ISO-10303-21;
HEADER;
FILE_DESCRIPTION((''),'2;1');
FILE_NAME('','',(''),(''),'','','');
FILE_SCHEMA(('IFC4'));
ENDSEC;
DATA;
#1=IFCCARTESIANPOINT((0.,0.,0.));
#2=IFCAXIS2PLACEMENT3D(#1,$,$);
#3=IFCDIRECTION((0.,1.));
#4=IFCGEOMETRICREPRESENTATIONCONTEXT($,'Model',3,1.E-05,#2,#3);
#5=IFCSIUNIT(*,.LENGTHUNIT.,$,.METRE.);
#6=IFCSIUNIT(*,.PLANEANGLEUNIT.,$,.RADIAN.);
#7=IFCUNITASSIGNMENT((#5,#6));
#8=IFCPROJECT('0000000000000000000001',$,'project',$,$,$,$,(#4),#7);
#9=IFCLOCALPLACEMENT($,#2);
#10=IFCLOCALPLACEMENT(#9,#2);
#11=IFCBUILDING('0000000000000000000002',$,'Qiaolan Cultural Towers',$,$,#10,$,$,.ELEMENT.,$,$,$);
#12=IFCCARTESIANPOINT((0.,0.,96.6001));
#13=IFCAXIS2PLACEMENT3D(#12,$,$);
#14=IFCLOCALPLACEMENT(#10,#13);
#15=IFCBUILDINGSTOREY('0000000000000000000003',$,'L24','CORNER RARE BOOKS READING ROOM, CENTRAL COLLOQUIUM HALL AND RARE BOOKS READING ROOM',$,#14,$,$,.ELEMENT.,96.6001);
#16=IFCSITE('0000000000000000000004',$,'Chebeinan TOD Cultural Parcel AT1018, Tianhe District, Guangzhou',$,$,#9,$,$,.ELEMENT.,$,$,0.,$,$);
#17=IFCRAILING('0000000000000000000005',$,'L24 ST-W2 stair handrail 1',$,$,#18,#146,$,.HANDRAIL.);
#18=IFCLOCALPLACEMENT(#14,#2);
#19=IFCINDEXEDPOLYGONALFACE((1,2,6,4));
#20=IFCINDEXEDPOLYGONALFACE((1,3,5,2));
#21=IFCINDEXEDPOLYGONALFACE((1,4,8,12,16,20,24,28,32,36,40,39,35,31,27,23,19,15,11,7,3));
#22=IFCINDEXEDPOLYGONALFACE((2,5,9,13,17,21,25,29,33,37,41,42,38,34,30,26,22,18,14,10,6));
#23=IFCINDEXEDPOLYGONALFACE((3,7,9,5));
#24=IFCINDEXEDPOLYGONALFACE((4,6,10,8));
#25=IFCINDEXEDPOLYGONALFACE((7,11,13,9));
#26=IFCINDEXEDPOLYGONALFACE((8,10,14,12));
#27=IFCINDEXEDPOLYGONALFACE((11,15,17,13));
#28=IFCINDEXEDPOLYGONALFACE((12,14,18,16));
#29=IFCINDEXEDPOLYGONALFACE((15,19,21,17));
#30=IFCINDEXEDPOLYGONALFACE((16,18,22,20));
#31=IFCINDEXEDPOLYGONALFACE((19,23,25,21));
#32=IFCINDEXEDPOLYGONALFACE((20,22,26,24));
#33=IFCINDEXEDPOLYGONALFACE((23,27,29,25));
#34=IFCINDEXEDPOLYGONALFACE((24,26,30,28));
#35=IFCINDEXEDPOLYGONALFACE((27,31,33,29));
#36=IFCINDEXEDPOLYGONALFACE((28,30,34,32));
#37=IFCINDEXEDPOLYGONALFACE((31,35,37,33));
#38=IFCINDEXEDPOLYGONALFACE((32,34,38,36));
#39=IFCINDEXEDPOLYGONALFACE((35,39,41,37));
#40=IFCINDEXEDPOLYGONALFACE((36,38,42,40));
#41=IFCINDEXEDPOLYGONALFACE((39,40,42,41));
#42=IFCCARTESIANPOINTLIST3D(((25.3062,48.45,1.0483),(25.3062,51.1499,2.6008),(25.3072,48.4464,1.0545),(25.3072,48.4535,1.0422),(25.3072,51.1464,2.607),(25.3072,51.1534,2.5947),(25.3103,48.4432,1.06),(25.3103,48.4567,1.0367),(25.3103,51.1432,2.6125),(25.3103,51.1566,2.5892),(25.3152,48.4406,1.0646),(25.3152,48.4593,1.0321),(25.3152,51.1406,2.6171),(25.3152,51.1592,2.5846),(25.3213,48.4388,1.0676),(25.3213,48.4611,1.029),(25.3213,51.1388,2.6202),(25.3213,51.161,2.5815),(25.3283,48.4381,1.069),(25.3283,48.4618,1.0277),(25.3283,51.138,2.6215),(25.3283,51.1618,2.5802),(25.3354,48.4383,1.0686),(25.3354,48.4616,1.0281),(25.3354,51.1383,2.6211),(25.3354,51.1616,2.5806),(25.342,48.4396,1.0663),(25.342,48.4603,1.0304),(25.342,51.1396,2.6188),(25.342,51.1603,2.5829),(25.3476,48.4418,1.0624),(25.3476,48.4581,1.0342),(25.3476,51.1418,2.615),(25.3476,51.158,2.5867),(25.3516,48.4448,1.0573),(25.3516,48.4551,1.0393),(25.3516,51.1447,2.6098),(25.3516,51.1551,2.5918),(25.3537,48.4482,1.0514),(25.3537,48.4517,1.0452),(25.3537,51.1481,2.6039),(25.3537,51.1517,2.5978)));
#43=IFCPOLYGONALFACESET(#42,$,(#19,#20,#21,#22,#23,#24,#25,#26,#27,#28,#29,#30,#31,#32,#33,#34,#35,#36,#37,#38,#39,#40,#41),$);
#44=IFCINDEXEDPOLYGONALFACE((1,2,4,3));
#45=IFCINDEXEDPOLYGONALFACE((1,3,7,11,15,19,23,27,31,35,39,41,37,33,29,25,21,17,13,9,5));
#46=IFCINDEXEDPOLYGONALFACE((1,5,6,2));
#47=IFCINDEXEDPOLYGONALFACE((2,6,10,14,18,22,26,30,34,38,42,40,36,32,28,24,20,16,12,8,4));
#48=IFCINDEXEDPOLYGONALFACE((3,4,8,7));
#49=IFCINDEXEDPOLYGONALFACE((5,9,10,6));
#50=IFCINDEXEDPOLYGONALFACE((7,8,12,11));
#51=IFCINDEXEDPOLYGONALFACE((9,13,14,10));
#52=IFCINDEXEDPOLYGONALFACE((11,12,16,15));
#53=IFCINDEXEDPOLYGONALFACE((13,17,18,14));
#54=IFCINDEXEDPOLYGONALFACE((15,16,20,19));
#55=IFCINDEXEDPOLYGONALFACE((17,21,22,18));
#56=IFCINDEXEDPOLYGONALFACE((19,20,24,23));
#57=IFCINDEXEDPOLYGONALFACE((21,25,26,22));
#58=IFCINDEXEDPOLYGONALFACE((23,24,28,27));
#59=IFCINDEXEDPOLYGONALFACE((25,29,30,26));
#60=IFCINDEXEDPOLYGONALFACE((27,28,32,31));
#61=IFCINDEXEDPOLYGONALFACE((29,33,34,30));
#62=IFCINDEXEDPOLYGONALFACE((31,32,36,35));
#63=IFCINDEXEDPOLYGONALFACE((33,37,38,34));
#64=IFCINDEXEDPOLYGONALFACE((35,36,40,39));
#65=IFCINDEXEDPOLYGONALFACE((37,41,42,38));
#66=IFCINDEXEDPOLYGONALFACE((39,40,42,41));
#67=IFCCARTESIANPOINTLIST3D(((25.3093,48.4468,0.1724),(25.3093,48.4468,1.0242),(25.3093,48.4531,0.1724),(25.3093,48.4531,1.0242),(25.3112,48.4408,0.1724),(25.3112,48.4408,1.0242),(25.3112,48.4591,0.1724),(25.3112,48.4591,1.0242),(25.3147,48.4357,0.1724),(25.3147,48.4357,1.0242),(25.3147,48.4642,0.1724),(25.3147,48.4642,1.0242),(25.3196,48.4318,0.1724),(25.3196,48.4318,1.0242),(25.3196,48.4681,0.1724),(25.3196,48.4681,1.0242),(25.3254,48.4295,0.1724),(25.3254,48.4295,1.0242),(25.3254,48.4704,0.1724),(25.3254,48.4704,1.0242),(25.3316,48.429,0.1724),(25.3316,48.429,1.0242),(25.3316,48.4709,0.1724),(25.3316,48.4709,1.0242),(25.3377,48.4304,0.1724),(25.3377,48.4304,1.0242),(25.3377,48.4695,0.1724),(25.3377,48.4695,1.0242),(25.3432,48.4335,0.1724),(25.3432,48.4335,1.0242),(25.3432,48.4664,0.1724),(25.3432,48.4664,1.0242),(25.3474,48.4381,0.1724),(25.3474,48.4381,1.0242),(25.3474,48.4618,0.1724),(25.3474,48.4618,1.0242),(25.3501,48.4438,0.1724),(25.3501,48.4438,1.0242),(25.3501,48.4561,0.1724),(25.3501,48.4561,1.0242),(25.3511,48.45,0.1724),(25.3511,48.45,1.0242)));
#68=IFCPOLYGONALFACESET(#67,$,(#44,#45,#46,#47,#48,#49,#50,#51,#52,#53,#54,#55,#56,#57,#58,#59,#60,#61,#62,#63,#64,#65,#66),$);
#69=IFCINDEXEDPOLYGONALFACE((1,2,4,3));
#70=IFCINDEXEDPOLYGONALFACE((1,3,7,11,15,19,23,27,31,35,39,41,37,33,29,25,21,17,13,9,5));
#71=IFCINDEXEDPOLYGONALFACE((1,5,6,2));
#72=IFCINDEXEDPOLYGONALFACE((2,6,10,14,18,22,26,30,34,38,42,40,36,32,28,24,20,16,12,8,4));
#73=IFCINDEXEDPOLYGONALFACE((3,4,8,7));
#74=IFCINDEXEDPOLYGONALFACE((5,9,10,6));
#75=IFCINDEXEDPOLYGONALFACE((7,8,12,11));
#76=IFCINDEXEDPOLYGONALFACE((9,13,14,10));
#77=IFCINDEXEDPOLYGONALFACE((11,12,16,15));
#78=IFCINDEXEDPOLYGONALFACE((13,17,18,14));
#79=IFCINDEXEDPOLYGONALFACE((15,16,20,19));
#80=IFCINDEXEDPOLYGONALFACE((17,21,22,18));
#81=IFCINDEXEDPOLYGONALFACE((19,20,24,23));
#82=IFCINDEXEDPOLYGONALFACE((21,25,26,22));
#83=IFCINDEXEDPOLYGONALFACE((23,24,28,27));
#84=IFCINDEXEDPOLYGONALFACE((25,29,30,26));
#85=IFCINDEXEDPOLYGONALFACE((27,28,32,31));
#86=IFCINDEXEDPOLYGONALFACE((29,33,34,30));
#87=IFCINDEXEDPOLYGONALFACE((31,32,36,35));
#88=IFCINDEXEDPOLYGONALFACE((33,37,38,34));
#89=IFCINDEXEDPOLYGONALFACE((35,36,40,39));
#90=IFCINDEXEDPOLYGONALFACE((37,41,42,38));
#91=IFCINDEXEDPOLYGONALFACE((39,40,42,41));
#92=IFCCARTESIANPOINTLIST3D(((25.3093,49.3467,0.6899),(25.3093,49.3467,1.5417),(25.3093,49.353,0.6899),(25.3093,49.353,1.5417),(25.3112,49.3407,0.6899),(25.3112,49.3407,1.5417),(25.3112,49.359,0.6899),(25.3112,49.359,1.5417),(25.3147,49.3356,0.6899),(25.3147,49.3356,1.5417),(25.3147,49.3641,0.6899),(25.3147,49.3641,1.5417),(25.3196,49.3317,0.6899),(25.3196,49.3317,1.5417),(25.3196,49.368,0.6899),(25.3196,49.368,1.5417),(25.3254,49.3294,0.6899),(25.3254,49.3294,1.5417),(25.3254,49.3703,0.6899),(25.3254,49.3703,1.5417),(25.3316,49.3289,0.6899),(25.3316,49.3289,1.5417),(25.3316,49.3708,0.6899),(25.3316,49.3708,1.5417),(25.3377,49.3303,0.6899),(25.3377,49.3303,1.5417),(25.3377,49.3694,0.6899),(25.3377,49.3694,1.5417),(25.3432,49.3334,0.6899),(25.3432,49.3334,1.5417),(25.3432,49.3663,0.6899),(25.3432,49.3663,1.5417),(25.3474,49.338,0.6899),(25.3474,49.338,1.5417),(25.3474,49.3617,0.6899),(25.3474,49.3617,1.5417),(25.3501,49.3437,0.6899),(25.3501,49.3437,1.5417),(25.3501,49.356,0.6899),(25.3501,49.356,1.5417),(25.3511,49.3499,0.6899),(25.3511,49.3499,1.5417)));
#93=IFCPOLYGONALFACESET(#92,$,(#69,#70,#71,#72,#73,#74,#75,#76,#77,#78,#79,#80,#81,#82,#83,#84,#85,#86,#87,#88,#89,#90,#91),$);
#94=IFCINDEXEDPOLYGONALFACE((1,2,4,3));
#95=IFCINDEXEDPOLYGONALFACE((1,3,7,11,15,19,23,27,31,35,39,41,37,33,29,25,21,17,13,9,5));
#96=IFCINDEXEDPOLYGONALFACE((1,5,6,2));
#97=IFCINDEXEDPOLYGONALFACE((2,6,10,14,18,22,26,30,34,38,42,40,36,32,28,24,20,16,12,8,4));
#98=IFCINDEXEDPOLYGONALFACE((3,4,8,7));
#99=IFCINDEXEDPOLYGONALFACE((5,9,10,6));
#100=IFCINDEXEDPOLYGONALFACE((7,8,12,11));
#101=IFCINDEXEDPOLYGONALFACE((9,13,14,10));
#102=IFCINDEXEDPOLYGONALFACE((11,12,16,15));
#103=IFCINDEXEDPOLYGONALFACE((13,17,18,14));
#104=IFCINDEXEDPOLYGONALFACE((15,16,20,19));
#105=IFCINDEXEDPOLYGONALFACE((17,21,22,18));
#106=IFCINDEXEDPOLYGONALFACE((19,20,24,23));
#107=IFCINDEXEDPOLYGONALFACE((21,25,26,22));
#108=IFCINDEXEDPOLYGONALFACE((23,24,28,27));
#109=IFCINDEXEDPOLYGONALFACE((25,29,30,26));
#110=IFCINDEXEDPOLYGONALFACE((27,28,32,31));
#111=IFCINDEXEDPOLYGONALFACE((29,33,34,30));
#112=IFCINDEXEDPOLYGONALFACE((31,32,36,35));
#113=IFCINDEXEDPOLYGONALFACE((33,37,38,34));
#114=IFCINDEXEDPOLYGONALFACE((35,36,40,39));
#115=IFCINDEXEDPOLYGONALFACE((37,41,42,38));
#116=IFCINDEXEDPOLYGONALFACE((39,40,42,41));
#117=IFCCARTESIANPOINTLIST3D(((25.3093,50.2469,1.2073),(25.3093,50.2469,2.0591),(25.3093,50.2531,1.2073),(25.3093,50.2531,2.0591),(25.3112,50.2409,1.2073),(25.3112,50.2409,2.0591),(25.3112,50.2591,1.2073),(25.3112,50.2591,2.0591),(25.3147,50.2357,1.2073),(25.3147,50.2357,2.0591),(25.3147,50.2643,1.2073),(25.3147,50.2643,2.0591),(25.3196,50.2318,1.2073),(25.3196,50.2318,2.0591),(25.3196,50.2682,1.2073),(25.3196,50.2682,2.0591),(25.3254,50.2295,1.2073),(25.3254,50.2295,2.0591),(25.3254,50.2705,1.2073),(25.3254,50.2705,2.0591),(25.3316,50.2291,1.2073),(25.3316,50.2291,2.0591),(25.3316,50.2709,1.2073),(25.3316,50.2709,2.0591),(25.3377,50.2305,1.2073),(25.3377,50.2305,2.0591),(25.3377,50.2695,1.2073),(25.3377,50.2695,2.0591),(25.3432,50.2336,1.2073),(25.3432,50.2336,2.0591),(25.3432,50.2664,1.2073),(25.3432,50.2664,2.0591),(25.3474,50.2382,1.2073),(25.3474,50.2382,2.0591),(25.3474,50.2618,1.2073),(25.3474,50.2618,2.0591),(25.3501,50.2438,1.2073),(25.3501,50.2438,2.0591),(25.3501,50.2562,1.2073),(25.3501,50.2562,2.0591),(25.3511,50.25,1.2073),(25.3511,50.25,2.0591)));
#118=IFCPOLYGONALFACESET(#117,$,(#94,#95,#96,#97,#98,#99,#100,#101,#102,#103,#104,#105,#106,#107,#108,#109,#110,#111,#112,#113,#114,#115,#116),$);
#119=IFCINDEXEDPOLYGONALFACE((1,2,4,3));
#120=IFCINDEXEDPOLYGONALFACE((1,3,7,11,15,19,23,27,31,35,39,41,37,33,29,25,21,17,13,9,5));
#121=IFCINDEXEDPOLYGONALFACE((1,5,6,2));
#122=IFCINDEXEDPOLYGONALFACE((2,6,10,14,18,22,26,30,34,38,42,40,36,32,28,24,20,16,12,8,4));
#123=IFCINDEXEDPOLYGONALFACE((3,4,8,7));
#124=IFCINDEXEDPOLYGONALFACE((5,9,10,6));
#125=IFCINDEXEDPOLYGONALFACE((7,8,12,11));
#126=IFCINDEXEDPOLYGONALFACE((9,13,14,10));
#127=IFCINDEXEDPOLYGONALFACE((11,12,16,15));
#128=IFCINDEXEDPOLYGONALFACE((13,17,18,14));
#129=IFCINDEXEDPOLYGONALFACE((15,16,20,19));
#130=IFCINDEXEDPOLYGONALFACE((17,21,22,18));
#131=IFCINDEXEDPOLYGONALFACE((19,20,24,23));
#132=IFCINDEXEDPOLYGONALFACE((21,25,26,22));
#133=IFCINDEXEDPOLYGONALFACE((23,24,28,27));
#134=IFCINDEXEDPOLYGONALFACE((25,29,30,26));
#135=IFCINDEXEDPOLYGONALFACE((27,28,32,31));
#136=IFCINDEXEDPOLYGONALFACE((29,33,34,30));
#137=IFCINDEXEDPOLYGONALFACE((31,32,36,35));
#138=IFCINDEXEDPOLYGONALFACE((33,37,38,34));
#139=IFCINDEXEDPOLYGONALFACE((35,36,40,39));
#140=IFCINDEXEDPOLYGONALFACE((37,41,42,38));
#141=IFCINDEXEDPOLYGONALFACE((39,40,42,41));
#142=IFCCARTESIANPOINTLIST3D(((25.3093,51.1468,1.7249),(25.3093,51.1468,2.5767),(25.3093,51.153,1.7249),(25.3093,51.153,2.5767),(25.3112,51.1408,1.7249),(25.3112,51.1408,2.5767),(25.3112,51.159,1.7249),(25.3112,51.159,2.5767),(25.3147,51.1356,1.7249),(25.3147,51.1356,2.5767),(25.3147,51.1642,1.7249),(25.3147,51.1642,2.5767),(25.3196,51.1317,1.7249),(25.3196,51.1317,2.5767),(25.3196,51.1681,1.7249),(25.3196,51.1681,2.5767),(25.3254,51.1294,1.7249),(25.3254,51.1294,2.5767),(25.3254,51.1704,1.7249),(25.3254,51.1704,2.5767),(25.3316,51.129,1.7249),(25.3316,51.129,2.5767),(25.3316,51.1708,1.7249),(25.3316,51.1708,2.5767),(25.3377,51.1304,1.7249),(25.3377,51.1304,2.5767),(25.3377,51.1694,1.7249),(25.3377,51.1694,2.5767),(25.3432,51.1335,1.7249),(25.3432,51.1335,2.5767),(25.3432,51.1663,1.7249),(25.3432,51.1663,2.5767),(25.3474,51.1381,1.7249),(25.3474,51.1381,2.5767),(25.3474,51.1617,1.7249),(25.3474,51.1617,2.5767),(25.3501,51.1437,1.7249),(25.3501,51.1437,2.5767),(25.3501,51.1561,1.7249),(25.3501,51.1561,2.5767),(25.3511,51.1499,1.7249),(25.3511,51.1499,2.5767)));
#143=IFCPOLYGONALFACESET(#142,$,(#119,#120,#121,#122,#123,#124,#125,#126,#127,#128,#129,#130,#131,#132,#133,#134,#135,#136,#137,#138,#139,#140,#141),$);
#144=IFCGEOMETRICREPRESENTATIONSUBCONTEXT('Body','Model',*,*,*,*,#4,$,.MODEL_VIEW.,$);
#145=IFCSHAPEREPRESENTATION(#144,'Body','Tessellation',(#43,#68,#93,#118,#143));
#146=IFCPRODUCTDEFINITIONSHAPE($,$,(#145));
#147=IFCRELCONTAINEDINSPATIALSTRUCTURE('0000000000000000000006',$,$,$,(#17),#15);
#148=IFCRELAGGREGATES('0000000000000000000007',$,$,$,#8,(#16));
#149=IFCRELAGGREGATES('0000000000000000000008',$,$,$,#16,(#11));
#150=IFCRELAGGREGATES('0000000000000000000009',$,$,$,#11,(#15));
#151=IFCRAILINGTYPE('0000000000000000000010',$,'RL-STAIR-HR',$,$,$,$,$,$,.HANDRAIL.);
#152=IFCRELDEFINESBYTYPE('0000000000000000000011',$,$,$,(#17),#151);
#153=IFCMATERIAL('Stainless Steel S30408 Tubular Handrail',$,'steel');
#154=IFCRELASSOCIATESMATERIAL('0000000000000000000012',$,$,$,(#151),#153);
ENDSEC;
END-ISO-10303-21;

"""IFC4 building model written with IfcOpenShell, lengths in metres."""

from ifc_helpers import new_model, si_unit, direction, frame, origin, origin_2d, place, context, subcontext, project, spatial, circle, extrude, material, type_object, element, save


model = new_model("IFC4")

# Units and contexts
model_context = context("Model", 3, precision=1e-05, world=origin(), true_north=direction((0.0, 1.0)))
body_context = subcontext(model_context, "Body", "Model", "MODEL_VIEW")
ifc_project = project(units=[si_unit("LENGTHUNIT", "METRE"), si_unit("PLANEANGLEUNIT", "RADIAN")], contexts=[model_context])

# Site, building, storey
site_placement = place(None, origin())
site = spatial("IfcSite", under=ifc_project, at=site_placement, Name="Chebeinan TOD Cultural Parcel AT1018, Tianhe District, Guangzhou", CompositionType="ELEMENT", RefElevation=0.0)
building_placement = place(site_placement, origin())
building = spatial("IfcBuilding", under=site, at=building_placement, Name="Qiaolan Cultural Towers", CompositionType="ELEMENT")
storey_placement = place(building_placement, frame((0.0, 0.0, 96.6001)))
storey = spatial("IfcBuildingStorey", under=building, at=storey_placement, Name="L24", Description="CORNER RARE BOOKS READING ROOM, CENTRAL COLLOQUIUM HALL AND RARE BOOKS READING ROOM", CompositionType="ELEMENT", Elevation=96.6001)

# Railing
ifc_material_1 = material(Name="Stainless Steel S30408 Tubular Handrail", Category="steel")
railing_type = type_object("IfcRailingType", Name="RL-STAIR-HR", PredefinedType="HANDRAIL", material=ifc_material_1)
railing_placement = place(storey_placement, frame((25.3301, 48.45, 0.1724)))
element("IfcRailing", 1, at=railing_placement, inside=storey, type_object=railing_type, Name="L24 ST-W2 stair handrail 1", PredefinedType="HANDRAIL", context=body_context, shape_type="SweptSolid", body=[
    extrude(circle(Radius=0.0239, at=origin_2d()), frame((0.0, 0.0, 0.876), z_axis=(0.0, 0.866904, 0.498476), x_axis=(-1.0, 0.0, 0.0)), (0.0, 0.0, 1.0), 3.1145),
    extrude(circle(Radius=0.021, at=origin_2d()), origin(), (0.0, 0.0, 1.0), 0.8518),
    extrude(circle(Radius=0.021, at=origin_2d()), frame((0.0, 0.8999, 0.5176)), (0.0, 0.0, 1.0), 0.8518),
    extrude(circle(Radius=0.021, at=origin_2d()), frame((0.0, 1.8, 1.0349)), (0.0, 0.0, 1.0), 0.8518),
    extrude(circle(Radius=0.021, at=origin_2d()), frame((0.0, 2.7, 1.5525)), (0.0, 0.0, 1.0), 0.8518),
])

save(model, "model.ifc")
